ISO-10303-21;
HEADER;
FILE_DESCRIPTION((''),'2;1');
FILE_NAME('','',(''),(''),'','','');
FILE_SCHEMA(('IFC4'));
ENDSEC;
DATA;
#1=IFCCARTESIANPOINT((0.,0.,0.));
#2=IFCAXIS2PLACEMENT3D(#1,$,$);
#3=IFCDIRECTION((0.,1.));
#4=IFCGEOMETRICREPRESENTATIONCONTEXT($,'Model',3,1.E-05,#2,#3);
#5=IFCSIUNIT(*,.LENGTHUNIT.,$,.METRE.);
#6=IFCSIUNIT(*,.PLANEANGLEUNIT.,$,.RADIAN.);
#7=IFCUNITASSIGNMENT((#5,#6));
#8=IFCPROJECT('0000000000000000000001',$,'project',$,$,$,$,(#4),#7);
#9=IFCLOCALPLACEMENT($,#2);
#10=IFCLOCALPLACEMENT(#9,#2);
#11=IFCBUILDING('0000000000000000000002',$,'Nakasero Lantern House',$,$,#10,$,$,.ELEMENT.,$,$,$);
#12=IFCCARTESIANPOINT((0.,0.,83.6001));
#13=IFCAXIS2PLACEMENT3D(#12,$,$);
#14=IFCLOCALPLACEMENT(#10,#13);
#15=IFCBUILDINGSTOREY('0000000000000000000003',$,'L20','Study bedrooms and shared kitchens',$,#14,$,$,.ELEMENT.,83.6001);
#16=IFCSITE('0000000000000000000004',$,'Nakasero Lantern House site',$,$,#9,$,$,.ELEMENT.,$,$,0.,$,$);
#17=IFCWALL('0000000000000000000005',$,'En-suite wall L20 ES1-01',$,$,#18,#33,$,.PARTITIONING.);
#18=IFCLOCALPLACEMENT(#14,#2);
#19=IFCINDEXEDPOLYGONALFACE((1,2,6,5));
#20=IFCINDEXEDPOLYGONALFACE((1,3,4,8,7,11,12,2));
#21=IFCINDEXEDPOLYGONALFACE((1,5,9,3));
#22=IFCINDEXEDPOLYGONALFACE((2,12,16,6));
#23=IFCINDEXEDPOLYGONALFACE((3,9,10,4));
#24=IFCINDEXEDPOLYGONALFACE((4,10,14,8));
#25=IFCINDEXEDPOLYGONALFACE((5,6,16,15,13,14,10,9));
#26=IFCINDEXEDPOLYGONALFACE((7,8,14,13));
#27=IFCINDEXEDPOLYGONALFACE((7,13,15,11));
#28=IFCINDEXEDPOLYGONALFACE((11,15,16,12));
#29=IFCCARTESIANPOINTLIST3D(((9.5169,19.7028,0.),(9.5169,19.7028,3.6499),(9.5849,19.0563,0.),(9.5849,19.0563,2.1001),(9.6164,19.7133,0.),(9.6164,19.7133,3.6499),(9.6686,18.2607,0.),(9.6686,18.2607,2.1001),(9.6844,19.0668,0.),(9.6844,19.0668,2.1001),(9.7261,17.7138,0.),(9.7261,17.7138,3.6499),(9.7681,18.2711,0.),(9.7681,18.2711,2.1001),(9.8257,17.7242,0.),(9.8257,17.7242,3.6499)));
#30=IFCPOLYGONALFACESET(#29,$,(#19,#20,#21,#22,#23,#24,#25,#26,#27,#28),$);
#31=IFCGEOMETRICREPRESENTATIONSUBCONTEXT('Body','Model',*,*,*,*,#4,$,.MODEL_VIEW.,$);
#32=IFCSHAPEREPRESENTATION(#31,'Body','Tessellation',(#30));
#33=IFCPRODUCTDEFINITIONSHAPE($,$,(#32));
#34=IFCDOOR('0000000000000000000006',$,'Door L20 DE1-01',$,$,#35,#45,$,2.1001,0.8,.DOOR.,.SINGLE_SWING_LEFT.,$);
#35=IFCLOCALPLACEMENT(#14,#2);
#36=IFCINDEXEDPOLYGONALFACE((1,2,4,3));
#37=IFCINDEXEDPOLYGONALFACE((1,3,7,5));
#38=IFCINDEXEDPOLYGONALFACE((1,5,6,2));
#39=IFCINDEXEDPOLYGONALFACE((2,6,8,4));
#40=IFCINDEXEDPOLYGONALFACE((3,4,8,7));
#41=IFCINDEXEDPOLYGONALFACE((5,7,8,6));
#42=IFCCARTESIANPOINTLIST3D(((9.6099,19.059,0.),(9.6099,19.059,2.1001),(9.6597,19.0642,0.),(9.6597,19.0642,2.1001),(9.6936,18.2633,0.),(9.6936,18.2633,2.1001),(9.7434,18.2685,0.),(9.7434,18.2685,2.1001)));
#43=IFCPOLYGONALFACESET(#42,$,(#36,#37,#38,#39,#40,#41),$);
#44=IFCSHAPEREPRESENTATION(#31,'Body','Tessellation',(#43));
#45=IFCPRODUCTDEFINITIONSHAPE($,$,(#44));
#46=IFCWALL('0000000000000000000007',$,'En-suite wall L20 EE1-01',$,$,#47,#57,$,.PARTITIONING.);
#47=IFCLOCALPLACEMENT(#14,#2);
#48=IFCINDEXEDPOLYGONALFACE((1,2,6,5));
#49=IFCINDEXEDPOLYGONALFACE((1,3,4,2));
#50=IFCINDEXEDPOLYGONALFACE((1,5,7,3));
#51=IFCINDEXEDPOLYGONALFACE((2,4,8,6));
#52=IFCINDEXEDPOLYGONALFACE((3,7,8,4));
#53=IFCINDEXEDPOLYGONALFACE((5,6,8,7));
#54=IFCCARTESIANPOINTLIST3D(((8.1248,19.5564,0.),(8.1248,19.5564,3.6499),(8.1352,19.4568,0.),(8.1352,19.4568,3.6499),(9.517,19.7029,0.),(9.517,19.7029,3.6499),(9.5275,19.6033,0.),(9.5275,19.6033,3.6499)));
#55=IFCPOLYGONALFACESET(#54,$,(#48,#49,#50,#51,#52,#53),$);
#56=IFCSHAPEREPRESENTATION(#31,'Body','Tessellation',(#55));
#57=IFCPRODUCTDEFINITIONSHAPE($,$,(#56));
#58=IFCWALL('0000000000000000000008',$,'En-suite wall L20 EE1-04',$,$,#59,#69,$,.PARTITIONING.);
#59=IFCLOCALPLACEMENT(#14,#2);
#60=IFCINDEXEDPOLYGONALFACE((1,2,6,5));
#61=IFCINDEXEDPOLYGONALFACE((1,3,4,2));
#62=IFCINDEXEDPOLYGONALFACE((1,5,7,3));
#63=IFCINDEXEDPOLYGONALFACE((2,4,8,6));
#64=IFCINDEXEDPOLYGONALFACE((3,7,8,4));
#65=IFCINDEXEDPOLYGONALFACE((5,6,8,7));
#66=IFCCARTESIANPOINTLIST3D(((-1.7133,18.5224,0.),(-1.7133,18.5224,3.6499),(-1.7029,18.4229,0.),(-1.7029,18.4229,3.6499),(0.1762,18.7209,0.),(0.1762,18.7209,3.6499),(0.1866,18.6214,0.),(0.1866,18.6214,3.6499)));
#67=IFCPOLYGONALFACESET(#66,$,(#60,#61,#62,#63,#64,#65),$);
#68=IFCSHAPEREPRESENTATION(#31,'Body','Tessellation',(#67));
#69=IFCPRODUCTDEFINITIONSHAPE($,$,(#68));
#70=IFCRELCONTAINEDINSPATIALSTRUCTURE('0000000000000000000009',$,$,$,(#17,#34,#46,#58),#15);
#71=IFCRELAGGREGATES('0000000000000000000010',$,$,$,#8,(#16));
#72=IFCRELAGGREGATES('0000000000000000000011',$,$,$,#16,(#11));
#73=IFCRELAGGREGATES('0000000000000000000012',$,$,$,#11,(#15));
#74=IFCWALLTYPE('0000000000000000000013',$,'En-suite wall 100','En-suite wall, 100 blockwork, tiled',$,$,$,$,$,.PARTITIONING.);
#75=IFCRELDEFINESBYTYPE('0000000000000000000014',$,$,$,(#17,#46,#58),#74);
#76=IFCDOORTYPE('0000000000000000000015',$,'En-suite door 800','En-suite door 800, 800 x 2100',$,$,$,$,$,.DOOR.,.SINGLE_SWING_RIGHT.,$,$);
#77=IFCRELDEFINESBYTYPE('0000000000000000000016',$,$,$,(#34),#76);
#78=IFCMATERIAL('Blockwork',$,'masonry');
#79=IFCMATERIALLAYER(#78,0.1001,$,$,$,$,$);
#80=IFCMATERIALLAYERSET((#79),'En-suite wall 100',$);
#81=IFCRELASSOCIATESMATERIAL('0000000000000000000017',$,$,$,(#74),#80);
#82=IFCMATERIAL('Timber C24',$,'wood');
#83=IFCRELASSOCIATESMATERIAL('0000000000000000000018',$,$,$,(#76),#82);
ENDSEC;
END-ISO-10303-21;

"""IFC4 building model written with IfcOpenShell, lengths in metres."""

from ifc_helpers import new_model, si_unit, direction, frame, frame_2d, origin, place, context, subcontext, project, spatial, rectangle, extrude, material, layer, layer_set, type_object, element, fill, save


model = new_model("IFC4")

# Units and contexts
model_context = context("Model", 3, precision=1e-05, world=origin(), true_north=direction((0.0, 1.0)))
body_context = subcontext(model_context, "Body", "Model", "MODEL_VIEW")
ifc_project = project(units=[si_unit("LENGTHUNIT", "METRE"), si_unit("PLANEANGLEUNIT", "RADIAN")], contexts=[model_context])

# Site, building, storey
site_placement = place(None, origin())
site = spatial("IfcSite", under=ifc_project, at=site_placement, Name="Nakasero Lantern House site", CompositionType="ELEMENT", RefElevation=0.0)
building_placement = place(site_placement, origin())
building = spatial("IfcBuilding", under=site, at=building_placement, Name="Nakasero Lantern House", CompositionType="ELEMENT")
storey_placement = place(building_placement, frame((0.0, 0.0, 83.6001)))
storey = spatial("IfcBuildingStorey", under=building, at=storey_placement, Name="L20", Description="Study bedrooms and shared kitchens", CompositionType="ELEMENT", Elevation=83.6001)

# Wall, opening, door
ifc_material_1 = material(Name="Blockwork", Category="masonry")
ifc_layer_1 = layer(ifc_material_1, 0.1001)
ifc_layer_set_1 = layer_set([ifc_layer_1], Name="En-suite wall 100")
wall_type_1 = type_object("IfcWallType", Name="En-suite wall 100", Description="En-suite wall, 100 blockwork, tiled", PredefinedType="PARTITIONING", material=ifc_layer_set_1)
wall_1_placement = place(storey_placement, frame((9.7759, 17.719, 0.0), z_axis=(0.0, 0.0, 1.0), x_axis=(-0.104615, 0.994513, 0.0)))
wall_1 = element("IfcWall", 1, at=wall_1_placement, inside=storey, type_object=wall_type_1, Name="En-suite wall L20 ES1-01", PredefinedType="PARTITIONING", context=body_context, shape_type="SweptSolid", body=[
    extrude(rectangle(XDim=2.0, YDim=0.1001, at=frame_2d((1.0, 0.0))), origin(), (0.0, 0.0, 1.0), 3.6499),
])
opening_1_placement = place(wall_1_placement, frame((0.55, 0.0, 0.0)))
opening_1 = element("IfcOpeningElement", 2, at=opening_1_placement, cuts=wall_1, PredefinedType="OPENING", context=body_context, shape_type="SweptSolid", body=[
    extrude(rectangle(XDim=0.8, YDim=2.1001, at=frame_2d((0.3999, 1.05))), frame((0.0, 0.0701, 0.0), z_axis=(0.0, -1.0, 0.0), x_axis=(1.0, 0.0, 0.0)), (0.0, 0.0, 1.0), 0.1401),
])
ifc_material_2 = material(Name="Timber C24", Category="wood")
door_type_1 = type_object("IfcDoorType", Name="En-suite door 800", Description="En-suite door 800, 800 x 2100", OperationType="SINGLE_SWING_RIGHT", PredefinedType="DOOR", material=ifc_material_2)
door_1_placement = place(opening_1_placement, origin())
door_1 = element("IfcDoor", 3, at=door_1_placement, inside=storey, type_object=door_type_1, Name="Door L20 DE1-01", OperationType="SINGLE_SWING_LEFT", OverallHeight=2.1001, OverallWidth=0.8, PredefinedType="DOOR", context=body_context, shape_type="SweptSolid", body=[
    extrude(rectangle(XDim=0.8, YDim=2.1001, at=frame_2d((0.3999, 1.05))), frame((0.0, 0.0249, 0.0), z_axis=(0.0, -1.0, 0.0), x_axis=(1.0, 0.0, 0.0)), (0.0, 0.0, 1.0), 0.05),
])
fill(opening_1, door_1)

# Walls
wall_2_placement = place(storey_placement, frame((9.5222, 19.6531, 0.0), z_axis=(0.0, 0.0, 1.0), x_axis=(-0.994511, -0.10463, 0.0)))
element("IfcWall", 4, at=wall_2_placement, inside=storey, type_object=wall_type_1, Name="En-suite wall L20 EE1-01", PredefinedType="PARTITIONING", context=body_context, shape_type="SweptSolid", body=[
    extrude(rectangle(XDim=1.3999, YDim=0.1001, at=frame_2d((0.7, 0.0))), origin(), (0.0, 0.0, 1.0), 3.6499),
])
wall_3_placement = place(storey_placement, frame((0.1814, 18.6711, 0.0), z_axis=(0.0, 0.0, 1.0), x_axis=(-0.994527, -0.104477, 0.0)))
element("IfcWall", 5, at=wall_3_placement, inside=storey, type_object=wall_type_1, Name="En-suite wall L20 EE1-04", PredefinedType="PARTITIONING", context=body_context, shape_type="SweptSolid", body=[
    extrude(rectangle(XDim=1.8999, YDim=0.1001, at=frame_2d((0.95, 0.0))), origin(), (0.0, 0.0, 1.0), 3.6499),
])

save(model, "model.ifc")
